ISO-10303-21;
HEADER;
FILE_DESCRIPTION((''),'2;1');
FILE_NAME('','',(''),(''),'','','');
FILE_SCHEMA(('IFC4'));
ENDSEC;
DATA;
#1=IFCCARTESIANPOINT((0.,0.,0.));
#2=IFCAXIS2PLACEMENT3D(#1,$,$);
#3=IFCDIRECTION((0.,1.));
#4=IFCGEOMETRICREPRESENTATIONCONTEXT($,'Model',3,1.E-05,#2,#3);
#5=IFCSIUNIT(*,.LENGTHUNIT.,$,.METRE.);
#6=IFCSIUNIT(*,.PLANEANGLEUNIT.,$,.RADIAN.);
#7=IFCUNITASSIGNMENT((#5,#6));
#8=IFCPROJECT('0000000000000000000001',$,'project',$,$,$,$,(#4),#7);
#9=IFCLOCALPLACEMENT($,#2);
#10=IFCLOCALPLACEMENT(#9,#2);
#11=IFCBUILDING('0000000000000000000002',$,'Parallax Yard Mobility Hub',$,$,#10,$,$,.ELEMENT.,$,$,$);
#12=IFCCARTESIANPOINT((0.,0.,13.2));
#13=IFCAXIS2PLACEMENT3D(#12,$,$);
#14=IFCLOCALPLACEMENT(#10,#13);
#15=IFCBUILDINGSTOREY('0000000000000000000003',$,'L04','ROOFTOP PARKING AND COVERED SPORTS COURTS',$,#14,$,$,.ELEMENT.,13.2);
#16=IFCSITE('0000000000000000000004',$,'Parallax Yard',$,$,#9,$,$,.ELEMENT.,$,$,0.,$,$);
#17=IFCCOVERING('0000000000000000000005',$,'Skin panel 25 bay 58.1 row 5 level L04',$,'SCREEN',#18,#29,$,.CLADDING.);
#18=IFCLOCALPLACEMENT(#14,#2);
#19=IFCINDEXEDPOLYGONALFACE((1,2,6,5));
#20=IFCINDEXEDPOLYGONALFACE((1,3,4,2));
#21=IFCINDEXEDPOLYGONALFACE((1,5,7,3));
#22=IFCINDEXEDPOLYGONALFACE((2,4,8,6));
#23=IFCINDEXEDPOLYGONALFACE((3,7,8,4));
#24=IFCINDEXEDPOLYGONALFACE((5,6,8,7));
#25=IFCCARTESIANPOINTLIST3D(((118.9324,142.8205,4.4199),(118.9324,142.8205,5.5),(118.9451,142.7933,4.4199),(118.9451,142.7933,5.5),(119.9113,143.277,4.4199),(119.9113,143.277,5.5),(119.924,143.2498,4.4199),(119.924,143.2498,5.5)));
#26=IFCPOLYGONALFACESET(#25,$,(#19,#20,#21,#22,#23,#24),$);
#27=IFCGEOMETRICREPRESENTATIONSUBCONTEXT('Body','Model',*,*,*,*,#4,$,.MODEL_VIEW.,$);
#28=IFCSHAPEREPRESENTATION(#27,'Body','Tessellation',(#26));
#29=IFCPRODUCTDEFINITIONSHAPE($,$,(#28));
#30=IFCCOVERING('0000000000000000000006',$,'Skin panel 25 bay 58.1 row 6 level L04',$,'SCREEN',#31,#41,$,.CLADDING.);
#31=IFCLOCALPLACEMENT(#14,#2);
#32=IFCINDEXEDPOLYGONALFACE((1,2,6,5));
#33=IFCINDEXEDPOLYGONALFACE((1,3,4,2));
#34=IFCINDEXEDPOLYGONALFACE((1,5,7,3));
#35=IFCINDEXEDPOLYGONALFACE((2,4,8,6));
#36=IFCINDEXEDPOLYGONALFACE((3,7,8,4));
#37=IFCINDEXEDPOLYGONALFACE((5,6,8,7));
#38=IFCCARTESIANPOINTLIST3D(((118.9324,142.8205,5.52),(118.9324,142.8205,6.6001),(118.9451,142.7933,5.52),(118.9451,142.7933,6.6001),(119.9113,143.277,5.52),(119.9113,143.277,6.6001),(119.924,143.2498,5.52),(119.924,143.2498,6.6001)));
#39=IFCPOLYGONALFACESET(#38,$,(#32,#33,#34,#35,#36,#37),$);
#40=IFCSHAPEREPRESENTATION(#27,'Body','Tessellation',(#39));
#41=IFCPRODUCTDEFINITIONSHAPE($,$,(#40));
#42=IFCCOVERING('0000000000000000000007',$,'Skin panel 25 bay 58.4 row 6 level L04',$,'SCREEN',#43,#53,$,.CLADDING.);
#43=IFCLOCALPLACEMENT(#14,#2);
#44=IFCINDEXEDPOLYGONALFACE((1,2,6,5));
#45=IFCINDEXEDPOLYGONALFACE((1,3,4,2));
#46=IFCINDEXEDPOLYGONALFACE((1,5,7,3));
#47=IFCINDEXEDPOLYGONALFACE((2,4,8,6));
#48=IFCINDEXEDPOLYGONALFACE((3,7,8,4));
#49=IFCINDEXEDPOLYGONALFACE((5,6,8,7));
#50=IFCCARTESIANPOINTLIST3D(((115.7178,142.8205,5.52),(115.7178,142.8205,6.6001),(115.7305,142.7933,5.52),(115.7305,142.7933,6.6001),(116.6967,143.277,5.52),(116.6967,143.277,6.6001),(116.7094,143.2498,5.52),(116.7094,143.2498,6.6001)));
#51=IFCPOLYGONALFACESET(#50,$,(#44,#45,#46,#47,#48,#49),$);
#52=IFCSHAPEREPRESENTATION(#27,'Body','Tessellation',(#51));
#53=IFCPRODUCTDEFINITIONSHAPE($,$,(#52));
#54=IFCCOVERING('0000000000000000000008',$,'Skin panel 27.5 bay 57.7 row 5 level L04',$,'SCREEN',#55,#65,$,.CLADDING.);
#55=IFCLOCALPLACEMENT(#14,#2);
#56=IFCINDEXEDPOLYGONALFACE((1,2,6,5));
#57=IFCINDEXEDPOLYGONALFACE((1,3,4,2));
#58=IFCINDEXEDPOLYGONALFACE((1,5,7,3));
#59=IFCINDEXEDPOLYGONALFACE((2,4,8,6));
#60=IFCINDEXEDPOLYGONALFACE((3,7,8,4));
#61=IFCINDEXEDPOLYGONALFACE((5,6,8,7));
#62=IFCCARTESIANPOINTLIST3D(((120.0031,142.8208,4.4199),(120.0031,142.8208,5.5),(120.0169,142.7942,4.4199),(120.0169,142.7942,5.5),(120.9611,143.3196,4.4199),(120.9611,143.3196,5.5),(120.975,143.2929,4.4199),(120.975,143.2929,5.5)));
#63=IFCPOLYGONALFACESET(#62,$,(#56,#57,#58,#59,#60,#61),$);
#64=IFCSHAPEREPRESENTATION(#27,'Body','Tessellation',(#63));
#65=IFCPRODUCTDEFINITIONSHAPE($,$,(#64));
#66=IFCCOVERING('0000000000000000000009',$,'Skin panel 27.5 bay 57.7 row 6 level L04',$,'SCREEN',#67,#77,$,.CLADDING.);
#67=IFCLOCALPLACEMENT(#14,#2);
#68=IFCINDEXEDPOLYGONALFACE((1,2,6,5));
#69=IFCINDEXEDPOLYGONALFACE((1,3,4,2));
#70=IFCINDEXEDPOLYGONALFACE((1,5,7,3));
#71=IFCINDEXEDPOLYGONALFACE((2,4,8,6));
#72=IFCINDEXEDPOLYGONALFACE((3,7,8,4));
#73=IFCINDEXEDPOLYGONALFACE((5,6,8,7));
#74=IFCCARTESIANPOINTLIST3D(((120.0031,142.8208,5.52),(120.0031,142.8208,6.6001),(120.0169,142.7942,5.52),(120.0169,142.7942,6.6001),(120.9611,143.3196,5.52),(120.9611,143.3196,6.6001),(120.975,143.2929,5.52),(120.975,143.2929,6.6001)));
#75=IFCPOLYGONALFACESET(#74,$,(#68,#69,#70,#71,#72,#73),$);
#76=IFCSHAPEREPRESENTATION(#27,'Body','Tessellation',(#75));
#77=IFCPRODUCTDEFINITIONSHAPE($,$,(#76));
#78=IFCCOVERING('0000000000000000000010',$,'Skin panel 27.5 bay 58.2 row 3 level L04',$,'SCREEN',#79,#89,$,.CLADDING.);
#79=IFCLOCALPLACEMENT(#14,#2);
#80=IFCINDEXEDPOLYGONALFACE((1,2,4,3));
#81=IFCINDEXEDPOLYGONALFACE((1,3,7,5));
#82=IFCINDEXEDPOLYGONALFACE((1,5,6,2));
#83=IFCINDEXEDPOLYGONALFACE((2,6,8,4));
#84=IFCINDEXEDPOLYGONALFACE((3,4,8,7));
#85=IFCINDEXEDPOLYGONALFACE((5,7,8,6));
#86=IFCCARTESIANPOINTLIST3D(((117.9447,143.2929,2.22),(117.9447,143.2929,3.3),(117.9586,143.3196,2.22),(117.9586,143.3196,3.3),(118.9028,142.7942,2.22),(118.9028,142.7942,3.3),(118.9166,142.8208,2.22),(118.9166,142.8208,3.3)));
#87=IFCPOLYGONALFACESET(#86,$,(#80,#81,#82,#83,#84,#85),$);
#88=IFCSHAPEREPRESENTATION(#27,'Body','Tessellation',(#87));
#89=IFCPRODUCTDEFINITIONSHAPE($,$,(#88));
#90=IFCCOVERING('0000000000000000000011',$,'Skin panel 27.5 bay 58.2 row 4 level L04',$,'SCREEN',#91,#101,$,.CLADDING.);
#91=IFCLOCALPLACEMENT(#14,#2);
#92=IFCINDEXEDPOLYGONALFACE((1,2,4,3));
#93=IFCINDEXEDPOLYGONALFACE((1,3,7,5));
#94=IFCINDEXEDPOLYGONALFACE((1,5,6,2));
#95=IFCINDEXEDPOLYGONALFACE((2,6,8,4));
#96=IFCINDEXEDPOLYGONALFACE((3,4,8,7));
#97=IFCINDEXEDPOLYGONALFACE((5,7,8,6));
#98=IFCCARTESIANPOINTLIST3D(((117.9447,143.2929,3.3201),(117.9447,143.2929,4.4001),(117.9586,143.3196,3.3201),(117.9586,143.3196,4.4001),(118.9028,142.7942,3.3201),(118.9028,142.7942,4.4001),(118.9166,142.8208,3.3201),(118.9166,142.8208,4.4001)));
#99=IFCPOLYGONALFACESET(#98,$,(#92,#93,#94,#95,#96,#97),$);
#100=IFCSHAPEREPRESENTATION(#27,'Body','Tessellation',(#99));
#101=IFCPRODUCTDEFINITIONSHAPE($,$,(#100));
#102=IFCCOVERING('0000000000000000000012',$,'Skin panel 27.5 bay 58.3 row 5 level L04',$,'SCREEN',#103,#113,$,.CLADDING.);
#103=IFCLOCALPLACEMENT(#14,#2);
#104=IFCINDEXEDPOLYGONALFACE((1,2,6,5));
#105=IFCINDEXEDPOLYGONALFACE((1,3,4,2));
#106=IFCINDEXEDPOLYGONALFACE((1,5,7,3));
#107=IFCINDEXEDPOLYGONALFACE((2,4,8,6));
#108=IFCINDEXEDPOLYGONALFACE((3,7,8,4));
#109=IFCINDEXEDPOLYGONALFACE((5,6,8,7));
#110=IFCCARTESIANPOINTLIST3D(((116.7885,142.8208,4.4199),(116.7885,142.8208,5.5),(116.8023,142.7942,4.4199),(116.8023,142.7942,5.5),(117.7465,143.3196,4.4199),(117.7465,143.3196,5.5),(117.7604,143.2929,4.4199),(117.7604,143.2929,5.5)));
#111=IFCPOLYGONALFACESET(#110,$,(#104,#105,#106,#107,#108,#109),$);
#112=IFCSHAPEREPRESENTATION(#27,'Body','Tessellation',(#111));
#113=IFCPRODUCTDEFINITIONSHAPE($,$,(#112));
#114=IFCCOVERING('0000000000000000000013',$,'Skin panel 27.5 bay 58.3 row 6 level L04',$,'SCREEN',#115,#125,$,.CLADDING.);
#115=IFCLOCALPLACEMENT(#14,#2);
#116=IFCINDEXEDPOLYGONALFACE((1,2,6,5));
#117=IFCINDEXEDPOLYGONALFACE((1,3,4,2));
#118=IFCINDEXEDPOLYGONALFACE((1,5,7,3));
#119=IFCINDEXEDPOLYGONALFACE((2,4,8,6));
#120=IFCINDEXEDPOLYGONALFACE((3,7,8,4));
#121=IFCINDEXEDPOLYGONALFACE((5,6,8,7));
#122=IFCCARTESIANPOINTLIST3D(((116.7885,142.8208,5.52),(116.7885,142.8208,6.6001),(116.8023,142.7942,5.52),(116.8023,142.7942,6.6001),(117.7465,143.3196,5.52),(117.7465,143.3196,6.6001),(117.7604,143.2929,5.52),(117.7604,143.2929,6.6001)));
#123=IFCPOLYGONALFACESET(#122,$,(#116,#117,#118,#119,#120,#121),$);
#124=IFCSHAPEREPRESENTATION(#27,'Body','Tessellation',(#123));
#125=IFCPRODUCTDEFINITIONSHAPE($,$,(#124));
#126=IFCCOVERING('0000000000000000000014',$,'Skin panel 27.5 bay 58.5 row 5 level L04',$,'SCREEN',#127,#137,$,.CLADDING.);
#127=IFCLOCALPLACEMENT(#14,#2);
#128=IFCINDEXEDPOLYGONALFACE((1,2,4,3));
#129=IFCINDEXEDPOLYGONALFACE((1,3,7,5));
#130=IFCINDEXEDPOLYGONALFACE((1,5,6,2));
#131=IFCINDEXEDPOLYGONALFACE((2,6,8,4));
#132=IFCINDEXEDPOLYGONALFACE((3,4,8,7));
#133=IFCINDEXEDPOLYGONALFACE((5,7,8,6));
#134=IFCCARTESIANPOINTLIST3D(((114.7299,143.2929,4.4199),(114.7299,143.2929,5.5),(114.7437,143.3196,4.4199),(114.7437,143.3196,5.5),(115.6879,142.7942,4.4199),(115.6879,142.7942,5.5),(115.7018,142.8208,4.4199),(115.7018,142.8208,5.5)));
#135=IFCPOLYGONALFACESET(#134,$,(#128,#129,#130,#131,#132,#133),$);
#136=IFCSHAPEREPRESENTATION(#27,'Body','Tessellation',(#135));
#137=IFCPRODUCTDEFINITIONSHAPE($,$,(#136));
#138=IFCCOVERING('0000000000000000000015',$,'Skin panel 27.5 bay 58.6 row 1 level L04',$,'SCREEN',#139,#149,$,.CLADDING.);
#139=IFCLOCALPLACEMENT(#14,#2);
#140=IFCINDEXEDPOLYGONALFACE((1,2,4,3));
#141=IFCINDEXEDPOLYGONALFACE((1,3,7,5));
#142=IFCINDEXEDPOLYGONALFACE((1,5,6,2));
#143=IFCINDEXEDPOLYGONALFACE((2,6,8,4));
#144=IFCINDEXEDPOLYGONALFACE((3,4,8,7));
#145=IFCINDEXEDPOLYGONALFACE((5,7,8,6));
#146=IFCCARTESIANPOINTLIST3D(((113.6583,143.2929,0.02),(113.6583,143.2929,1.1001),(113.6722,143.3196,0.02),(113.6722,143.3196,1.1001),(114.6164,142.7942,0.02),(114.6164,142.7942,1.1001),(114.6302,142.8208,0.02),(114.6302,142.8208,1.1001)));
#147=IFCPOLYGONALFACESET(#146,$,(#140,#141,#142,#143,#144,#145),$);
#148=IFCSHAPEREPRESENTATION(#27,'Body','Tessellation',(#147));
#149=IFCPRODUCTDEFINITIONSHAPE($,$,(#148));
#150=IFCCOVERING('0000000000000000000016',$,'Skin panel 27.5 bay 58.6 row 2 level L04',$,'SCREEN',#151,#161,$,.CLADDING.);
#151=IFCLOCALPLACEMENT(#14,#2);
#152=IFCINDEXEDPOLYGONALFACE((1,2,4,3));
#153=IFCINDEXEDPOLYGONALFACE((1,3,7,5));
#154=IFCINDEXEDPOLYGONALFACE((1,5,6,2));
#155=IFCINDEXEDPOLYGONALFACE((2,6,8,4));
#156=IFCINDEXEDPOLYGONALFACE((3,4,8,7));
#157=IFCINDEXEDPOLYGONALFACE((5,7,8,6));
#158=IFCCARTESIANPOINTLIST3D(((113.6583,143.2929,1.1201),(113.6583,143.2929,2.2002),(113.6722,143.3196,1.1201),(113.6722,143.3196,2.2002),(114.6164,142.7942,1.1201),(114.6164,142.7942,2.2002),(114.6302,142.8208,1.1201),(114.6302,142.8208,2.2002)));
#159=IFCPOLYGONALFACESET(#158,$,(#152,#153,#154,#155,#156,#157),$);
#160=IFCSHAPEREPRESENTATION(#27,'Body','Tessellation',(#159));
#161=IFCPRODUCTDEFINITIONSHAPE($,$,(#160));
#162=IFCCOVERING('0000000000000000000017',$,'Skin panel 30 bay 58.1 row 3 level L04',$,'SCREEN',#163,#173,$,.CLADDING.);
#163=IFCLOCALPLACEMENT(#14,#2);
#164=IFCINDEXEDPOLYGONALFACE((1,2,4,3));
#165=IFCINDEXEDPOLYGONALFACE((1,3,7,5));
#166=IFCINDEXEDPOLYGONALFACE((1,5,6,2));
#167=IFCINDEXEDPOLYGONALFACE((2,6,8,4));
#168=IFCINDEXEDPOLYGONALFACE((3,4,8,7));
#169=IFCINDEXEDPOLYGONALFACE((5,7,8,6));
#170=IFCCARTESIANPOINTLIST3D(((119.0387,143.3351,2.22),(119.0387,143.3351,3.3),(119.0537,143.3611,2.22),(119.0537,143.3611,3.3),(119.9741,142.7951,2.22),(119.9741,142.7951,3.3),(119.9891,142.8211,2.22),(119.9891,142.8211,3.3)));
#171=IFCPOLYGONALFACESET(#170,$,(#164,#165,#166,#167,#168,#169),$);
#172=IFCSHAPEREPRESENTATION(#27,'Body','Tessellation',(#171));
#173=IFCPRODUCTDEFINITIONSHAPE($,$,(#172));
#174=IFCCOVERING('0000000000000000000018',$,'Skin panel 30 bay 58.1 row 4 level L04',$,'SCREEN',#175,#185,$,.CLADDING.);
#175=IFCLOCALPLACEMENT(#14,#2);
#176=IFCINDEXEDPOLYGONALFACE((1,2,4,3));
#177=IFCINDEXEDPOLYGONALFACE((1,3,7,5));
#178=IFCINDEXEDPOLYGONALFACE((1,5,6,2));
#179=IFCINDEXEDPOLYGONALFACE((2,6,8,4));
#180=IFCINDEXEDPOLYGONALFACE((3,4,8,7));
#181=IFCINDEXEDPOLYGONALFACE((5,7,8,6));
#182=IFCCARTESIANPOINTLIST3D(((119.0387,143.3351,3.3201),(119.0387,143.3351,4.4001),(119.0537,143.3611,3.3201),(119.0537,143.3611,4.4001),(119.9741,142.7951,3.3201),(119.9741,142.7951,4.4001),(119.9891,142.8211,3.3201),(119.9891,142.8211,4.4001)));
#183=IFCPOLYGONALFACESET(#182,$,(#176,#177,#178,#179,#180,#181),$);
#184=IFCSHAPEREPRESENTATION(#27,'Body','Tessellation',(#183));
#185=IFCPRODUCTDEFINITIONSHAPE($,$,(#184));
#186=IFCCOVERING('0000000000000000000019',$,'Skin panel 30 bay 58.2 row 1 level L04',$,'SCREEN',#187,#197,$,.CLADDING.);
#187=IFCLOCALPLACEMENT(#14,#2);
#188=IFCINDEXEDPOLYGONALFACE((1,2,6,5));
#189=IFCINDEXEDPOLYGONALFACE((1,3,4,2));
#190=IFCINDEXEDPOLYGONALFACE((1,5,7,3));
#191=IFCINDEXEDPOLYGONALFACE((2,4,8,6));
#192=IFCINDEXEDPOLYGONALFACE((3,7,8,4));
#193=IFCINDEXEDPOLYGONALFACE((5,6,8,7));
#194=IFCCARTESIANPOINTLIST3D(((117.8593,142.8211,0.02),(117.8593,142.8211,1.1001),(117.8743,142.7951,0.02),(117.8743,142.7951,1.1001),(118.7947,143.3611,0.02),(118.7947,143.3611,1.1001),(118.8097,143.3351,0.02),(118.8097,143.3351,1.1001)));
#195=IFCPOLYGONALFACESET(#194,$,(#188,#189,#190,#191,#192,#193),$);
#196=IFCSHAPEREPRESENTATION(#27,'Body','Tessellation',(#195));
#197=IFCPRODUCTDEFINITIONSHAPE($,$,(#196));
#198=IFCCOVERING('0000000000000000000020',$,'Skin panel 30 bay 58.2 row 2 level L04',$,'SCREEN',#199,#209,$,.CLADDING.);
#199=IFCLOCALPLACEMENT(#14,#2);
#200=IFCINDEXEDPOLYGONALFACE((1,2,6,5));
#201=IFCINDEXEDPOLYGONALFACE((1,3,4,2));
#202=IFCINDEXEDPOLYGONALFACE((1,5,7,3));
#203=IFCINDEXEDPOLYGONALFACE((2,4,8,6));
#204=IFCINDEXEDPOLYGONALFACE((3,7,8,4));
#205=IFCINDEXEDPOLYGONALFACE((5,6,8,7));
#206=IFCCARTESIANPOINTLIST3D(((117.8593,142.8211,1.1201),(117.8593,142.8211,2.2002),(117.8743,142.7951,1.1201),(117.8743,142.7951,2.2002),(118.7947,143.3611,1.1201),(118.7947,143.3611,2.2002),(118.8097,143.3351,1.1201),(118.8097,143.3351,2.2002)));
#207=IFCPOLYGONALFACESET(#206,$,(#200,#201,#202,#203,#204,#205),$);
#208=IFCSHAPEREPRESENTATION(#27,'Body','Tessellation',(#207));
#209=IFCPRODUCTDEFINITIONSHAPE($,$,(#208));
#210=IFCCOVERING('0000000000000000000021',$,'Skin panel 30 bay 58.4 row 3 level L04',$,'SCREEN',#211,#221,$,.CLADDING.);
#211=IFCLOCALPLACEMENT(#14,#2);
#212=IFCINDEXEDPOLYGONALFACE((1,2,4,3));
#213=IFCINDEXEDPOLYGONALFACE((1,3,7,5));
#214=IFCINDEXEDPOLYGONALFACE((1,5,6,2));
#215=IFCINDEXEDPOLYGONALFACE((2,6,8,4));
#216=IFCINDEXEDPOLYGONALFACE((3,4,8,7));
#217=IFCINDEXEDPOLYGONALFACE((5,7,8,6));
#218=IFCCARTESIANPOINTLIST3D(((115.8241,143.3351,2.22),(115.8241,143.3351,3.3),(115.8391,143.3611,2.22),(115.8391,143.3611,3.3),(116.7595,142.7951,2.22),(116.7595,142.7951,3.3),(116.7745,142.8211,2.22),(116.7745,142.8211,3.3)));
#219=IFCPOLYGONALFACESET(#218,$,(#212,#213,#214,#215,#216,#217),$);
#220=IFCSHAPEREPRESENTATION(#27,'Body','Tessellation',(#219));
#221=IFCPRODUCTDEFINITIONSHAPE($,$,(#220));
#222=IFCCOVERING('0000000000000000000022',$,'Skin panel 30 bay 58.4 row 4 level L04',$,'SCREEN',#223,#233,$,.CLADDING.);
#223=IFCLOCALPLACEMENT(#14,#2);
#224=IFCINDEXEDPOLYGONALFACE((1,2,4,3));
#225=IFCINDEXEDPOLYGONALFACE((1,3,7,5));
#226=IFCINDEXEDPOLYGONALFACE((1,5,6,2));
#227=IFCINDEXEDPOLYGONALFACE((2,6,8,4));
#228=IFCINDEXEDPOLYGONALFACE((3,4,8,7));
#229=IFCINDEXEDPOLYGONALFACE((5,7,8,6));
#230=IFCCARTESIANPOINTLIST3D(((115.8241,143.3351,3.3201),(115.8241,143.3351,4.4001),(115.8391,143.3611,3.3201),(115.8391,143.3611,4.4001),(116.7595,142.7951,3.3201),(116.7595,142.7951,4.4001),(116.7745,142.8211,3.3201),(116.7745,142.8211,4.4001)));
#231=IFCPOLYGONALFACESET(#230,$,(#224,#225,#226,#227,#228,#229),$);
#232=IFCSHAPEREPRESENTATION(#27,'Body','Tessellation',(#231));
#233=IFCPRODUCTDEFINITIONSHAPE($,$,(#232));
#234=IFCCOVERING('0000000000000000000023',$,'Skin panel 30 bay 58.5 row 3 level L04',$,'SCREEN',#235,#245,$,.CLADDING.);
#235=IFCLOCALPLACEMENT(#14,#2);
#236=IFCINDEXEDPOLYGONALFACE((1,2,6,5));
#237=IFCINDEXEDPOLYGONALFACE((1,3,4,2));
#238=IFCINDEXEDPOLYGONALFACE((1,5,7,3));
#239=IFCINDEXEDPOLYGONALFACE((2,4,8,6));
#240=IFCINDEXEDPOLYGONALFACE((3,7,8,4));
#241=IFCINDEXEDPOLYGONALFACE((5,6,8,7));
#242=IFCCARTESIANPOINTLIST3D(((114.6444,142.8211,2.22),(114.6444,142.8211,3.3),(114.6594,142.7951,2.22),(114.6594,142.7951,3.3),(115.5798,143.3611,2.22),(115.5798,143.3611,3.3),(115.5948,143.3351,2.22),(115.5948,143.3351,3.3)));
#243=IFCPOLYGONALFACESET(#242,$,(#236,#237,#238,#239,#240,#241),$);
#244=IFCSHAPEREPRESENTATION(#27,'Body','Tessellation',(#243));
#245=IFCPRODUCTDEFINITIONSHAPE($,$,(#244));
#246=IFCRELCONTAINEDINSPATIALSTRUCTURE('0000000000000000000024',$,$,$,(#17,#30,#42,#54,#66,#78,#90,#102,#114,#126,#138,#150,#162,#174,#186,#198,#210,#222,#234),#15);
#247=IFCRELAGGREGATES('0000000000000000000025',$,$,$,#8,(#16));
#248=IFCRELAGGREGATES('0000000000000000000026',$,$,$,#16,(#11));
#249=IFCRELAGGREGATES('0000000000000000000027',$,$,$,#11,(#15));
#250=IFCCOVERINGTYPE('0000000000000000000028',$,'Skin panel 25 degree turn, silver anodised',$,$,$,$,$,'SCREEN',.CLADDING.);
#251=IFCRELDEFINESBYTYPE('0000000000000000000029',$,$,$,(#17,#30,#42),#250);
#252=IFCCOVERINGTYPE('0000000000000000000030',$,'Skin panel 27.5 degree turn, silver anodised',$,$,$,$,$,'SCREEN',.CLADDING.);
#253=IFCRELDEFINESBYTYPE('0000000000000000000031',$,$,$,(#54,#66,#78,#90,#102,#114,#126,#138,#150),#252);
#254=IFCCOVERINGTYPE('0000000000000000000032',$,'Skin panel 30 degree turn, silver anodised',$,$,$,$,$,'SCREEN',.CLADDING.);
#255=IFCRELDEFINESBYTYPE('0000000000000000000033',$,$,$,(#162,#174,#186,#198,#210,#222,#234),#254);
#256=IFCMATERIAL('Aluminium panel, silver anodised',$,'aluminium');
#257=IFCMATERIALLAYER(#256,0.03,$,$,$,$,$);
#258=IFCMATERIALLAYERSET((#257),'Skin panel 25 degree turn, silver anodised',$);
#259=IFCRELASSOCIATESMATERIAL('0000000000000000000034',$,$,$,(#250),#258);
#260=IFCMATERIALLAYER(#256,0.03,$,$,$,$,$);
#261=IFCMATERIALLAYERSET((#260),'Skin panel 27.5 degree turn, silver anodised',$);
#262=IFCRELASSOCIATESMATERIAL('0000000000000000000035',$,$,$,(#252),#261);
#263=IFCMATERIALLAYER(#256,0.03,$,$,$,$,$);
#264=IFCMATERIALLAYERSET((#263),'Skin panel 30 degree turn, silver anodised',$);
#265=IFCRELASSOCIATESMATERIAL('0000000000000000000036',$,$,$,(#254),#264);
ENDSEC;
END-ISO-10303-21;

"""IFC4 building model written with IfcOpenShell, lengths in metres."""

from ifc_helpers import new_model, si_unit, direction, frame, origin, origin_2d, place, context, subcontext, project, spatial, rectangle, extrude, material, layer, layer_set, type_object, element, save


model = new_model("IFC4")

# Units and contexts
model_context = context("Model", 3, precision=1e-05, world=origin(), true_north=direction((0.0, 1.0)))
body_context = subcontext(model_context, "Body", "Model", "MODEL_VIEW")
ifc_project = project(units=[si_unit("LENGTHUNIT", "METRE"), si_unit("PLANEANGLEUNIT", "RADIAN")], contexts=[model_context])

# Site, building, storey
site_placement = place(None, origin())
site = spatial("IfcSite", under=ifc_project, at=site_placement, Name="Parallax Yard", CompositionType="ELEMENT", RefElevation=0.0)
building_placement = place(site_placement, origin())
building = spatial("IfcBuilding", under=site, at=building_placement, Name="Parallax Yard Mobility Hub", CompositionType="ELEMENT")
storey_placement = place(building_placement, frame((0.0, 0.0, 13.2)))
storey = spatial("IfcBuildingStorey", under=building, at=storey_placement, Name="L04", Description="ROOFTOP PARKING AND COVERED SPORTS COURTS", CompositionType="ELEMENT", Elevation=13.2)

# Coverings
ifc_material = material(Name="Aluminium panel, silver anodised", Category="aluminium")
ifc_layer_1 = layer(ifc_material, 0.03)
ifc_layer_set_1 = layer_set([ifc_layer_1], Name="Skin panel 25 degree turn, silver anodised")
covering_type_1 = type_object("IfcCoveringType", Name="Skin panel 25 degree turn, silver anodised", ElementType="SCREEN", PredefinedType="CLADDING", material=ifc_layer_set_1)
for number, where, z_axis, x_axis, name in (
    (1, (119.4282, 143.0352, 4.4199), (0.0, 0.0, 1.0), (0.906308, 0.422618, 0.0), "Skin panel 25 bay 58.1 row 5 level L04"),
    (2, (119.4282, 143.0352, 5.52), (0.0, 0.0, 1.0), (0.906308, 0.422618, 0.0), "Skin panel 25 bay 58.1 row 6 level L04"),
    (3, (116.2136, 143.0352, 5.52), (0.0, 0.0, 1.0), (0.906308, 0.422618, 0.0), "Skin panel 25 bay 58.4 row 6 level L04"),
):
    element("IfcCovering", number, at=place(storey_placement, frame(where, z_axis=z_axis, x_axis=x_axis)), inside=storey, type_object=covering_type_1, Name=name, ObjectType="SCREEN", PredefinedType="CLADDING", context=body_context, shape_type="SweptSolid", body=[
        extrude(rectangle(XDim=1.0801, YDim=0.03, at=origin_2d()), origin(), (0.0, 0.0, 1.0), 1.0801),
    ])
ifc_layer_2 = layer(ifc_material, 0.03)
ifc_layer_set_2 = layer_set([ifc_layer_2], Name="Skin panel 27.5 degree turn, silver anodised")
covering_type_2 = type_object("IfcCoveringType", Name="Skin panel 27.5 degree turn, silver anodised", ElementType="SCREEN", PredefinedType="CLADDING", material=ifc_layer_set_2)
for number, where, z_axis, x_axis, name in (
    (4, (120.489, 143.0569, 4.4199), (0.0, 0.0, 1.0), (0.887011, 0.461749, 0.0), "Skin panel 27.5 bay 57.7 row 5 level L04"),
    (5, (120.489, 143.0569, 5.52), (0.0, 0.0, 1.0), (0.887011, 0.461749, 0.0), "Skin panel 27.5 bay 57.7 row 6 level L04"),
    (6, (118.4307, 143.0569, 2.22), (0.0, 0.0, 1.0), (-0.887011, 0.461749, 0.0), "Skin panel 27.5 bay 58.2 row 3 level L04"),
    (7, (118.4307, 143.0569, 3.3201), (0.0, 0.0, 1.0), (-0.887011, 0.461749, 0.0), "Skin panel 27.5 bay 58.2 row 4 level L04"),
    (8, (117.2744, 143.0569, 4.4199), (0.0, 0.0, 1.0), (0.887011, 0.461749, 0.0), "Skin panel 27.5 bay 58.3 row 5 level L04"),
    (9, (117.2744, 143.0569, 5.52), (0.0, 0.0, 1.0), (0.887011, 0.461749, 0.0), "Skin panel 27.5 bay 58.3 row 6 level L04"),
    (10, (115.2158, 143.0569, 4.4199), (0.0, 0.0, 1.0), (-0.887011, 0.461749, 0.0), "Skin panel 27.5 bay 58.5 row 5 level L04"),
    (11, (114.1443, 143.0569, 0.02), (0.0, 0.0, 1.0), (-0.887011, 0.461749, 0.0), "Skin panel 27.5 bay 58.6 row 1 level L04"),
    (12, (114.1443, 143.0569, 1.1201), (0.0, 0.0, 1.0), (-0.887011, 0.461749, 0.0), "Skin panel 27.5 bay 58.6 row 2 level L04"),
):
    element("IfcCovering", number, at=place(storey_placement, frame(where, z_axis=z_axis, x_axis=x_axis)), inside=storey, type_object=covering_type_2, Name=name, ObjectType="SCREEN", PredefinedType="CLADDING", context=body_context, shape_type="SweptSolid", body=[
        extrude(rectangle(XDim=1.0801, YDim=0.03, at=origin_2d()), origin(), (0.0, 0.0, 1.0), 1.0801),
    ])
ifc_layer_3 = layer(ifc_material, 0.03)
ifc_layer_set_3 = layer_set([ifc_layer_3], Name="Skin panel 30 degree turn, silver anodised")
covering_type_3 = type_object("IfcCoveringType", Name="Skin panel 30 degree turn, silver anodised", ElementType="SCREEN", PredefinedType="CLADDING", material=ifc_layer_set_3)
for number, where, z_axis, x_axis, name in (
    (13, (119.5139, 143.0781, 2.22), (0.0, 0.0, 1.0), (-0.866025, 0.5, 0.0), "Skin panel 30 bay 58.1 row 3 level L04"),
    (14, (119.5139, 143.0781, 3.3201), (0.0, 0.0, 1.0), (-0.866025, 0.5, 0.0), "Skin panel 30 bay 58.1 row 4 level L04"),
    (15, (118.3345, 143.0781, 0.02), (0.0, 0.0, 1.0), (0.866025, 0.5, 0.0), "Skin panel 30 bay 58.2 row 1 level L04"),
    (16, (118.3345, 143.0781, 1.1201), (0.0, 0.0, 1.0), (0.866025, 0.5, 0.0), "Skin panel 30 bay 58.2 row 2 level L04"),
    (17, (116.2993, 143.0781, 2.22), (0.0, 0.0, 1.0), (-0.866025, 0.5, 0.0), "Skin panel 30 bay 58.4 row 3 level L04"),
    (18, (116.2993, 143.0781, 3.3201), (0.0, 0.0, 1.0), (-0.866025, 0.5, 0.0), "Skin panel 30 bay 58.4 row 4 level L04"),
    (19, (115.1196, 143.0781, 2.22), (0.0, 0.0, 1.0), (0.866025, 0.5, 0.0), "Skin panel 30 bay 58.5 row 3 level L04"),
):
    element("IfcCovering", number, at=place(storey_placement, frame(where, z_axis=z_axis, x_axis=x_axis)), inside=storey, type_object=covering_type_3, Name=name, ObjectType="SCREEN", PredefinedType="CLADDING", context=body_context, shape_type="SweptSolid", body=[
        extrude(rectangle(XDim=1.0801, YDim=0.03, at=origin_2d()), origin(), (0.0, 0.0, 1.0), 1.0801),
    ])

save(model, "model.ifc")
